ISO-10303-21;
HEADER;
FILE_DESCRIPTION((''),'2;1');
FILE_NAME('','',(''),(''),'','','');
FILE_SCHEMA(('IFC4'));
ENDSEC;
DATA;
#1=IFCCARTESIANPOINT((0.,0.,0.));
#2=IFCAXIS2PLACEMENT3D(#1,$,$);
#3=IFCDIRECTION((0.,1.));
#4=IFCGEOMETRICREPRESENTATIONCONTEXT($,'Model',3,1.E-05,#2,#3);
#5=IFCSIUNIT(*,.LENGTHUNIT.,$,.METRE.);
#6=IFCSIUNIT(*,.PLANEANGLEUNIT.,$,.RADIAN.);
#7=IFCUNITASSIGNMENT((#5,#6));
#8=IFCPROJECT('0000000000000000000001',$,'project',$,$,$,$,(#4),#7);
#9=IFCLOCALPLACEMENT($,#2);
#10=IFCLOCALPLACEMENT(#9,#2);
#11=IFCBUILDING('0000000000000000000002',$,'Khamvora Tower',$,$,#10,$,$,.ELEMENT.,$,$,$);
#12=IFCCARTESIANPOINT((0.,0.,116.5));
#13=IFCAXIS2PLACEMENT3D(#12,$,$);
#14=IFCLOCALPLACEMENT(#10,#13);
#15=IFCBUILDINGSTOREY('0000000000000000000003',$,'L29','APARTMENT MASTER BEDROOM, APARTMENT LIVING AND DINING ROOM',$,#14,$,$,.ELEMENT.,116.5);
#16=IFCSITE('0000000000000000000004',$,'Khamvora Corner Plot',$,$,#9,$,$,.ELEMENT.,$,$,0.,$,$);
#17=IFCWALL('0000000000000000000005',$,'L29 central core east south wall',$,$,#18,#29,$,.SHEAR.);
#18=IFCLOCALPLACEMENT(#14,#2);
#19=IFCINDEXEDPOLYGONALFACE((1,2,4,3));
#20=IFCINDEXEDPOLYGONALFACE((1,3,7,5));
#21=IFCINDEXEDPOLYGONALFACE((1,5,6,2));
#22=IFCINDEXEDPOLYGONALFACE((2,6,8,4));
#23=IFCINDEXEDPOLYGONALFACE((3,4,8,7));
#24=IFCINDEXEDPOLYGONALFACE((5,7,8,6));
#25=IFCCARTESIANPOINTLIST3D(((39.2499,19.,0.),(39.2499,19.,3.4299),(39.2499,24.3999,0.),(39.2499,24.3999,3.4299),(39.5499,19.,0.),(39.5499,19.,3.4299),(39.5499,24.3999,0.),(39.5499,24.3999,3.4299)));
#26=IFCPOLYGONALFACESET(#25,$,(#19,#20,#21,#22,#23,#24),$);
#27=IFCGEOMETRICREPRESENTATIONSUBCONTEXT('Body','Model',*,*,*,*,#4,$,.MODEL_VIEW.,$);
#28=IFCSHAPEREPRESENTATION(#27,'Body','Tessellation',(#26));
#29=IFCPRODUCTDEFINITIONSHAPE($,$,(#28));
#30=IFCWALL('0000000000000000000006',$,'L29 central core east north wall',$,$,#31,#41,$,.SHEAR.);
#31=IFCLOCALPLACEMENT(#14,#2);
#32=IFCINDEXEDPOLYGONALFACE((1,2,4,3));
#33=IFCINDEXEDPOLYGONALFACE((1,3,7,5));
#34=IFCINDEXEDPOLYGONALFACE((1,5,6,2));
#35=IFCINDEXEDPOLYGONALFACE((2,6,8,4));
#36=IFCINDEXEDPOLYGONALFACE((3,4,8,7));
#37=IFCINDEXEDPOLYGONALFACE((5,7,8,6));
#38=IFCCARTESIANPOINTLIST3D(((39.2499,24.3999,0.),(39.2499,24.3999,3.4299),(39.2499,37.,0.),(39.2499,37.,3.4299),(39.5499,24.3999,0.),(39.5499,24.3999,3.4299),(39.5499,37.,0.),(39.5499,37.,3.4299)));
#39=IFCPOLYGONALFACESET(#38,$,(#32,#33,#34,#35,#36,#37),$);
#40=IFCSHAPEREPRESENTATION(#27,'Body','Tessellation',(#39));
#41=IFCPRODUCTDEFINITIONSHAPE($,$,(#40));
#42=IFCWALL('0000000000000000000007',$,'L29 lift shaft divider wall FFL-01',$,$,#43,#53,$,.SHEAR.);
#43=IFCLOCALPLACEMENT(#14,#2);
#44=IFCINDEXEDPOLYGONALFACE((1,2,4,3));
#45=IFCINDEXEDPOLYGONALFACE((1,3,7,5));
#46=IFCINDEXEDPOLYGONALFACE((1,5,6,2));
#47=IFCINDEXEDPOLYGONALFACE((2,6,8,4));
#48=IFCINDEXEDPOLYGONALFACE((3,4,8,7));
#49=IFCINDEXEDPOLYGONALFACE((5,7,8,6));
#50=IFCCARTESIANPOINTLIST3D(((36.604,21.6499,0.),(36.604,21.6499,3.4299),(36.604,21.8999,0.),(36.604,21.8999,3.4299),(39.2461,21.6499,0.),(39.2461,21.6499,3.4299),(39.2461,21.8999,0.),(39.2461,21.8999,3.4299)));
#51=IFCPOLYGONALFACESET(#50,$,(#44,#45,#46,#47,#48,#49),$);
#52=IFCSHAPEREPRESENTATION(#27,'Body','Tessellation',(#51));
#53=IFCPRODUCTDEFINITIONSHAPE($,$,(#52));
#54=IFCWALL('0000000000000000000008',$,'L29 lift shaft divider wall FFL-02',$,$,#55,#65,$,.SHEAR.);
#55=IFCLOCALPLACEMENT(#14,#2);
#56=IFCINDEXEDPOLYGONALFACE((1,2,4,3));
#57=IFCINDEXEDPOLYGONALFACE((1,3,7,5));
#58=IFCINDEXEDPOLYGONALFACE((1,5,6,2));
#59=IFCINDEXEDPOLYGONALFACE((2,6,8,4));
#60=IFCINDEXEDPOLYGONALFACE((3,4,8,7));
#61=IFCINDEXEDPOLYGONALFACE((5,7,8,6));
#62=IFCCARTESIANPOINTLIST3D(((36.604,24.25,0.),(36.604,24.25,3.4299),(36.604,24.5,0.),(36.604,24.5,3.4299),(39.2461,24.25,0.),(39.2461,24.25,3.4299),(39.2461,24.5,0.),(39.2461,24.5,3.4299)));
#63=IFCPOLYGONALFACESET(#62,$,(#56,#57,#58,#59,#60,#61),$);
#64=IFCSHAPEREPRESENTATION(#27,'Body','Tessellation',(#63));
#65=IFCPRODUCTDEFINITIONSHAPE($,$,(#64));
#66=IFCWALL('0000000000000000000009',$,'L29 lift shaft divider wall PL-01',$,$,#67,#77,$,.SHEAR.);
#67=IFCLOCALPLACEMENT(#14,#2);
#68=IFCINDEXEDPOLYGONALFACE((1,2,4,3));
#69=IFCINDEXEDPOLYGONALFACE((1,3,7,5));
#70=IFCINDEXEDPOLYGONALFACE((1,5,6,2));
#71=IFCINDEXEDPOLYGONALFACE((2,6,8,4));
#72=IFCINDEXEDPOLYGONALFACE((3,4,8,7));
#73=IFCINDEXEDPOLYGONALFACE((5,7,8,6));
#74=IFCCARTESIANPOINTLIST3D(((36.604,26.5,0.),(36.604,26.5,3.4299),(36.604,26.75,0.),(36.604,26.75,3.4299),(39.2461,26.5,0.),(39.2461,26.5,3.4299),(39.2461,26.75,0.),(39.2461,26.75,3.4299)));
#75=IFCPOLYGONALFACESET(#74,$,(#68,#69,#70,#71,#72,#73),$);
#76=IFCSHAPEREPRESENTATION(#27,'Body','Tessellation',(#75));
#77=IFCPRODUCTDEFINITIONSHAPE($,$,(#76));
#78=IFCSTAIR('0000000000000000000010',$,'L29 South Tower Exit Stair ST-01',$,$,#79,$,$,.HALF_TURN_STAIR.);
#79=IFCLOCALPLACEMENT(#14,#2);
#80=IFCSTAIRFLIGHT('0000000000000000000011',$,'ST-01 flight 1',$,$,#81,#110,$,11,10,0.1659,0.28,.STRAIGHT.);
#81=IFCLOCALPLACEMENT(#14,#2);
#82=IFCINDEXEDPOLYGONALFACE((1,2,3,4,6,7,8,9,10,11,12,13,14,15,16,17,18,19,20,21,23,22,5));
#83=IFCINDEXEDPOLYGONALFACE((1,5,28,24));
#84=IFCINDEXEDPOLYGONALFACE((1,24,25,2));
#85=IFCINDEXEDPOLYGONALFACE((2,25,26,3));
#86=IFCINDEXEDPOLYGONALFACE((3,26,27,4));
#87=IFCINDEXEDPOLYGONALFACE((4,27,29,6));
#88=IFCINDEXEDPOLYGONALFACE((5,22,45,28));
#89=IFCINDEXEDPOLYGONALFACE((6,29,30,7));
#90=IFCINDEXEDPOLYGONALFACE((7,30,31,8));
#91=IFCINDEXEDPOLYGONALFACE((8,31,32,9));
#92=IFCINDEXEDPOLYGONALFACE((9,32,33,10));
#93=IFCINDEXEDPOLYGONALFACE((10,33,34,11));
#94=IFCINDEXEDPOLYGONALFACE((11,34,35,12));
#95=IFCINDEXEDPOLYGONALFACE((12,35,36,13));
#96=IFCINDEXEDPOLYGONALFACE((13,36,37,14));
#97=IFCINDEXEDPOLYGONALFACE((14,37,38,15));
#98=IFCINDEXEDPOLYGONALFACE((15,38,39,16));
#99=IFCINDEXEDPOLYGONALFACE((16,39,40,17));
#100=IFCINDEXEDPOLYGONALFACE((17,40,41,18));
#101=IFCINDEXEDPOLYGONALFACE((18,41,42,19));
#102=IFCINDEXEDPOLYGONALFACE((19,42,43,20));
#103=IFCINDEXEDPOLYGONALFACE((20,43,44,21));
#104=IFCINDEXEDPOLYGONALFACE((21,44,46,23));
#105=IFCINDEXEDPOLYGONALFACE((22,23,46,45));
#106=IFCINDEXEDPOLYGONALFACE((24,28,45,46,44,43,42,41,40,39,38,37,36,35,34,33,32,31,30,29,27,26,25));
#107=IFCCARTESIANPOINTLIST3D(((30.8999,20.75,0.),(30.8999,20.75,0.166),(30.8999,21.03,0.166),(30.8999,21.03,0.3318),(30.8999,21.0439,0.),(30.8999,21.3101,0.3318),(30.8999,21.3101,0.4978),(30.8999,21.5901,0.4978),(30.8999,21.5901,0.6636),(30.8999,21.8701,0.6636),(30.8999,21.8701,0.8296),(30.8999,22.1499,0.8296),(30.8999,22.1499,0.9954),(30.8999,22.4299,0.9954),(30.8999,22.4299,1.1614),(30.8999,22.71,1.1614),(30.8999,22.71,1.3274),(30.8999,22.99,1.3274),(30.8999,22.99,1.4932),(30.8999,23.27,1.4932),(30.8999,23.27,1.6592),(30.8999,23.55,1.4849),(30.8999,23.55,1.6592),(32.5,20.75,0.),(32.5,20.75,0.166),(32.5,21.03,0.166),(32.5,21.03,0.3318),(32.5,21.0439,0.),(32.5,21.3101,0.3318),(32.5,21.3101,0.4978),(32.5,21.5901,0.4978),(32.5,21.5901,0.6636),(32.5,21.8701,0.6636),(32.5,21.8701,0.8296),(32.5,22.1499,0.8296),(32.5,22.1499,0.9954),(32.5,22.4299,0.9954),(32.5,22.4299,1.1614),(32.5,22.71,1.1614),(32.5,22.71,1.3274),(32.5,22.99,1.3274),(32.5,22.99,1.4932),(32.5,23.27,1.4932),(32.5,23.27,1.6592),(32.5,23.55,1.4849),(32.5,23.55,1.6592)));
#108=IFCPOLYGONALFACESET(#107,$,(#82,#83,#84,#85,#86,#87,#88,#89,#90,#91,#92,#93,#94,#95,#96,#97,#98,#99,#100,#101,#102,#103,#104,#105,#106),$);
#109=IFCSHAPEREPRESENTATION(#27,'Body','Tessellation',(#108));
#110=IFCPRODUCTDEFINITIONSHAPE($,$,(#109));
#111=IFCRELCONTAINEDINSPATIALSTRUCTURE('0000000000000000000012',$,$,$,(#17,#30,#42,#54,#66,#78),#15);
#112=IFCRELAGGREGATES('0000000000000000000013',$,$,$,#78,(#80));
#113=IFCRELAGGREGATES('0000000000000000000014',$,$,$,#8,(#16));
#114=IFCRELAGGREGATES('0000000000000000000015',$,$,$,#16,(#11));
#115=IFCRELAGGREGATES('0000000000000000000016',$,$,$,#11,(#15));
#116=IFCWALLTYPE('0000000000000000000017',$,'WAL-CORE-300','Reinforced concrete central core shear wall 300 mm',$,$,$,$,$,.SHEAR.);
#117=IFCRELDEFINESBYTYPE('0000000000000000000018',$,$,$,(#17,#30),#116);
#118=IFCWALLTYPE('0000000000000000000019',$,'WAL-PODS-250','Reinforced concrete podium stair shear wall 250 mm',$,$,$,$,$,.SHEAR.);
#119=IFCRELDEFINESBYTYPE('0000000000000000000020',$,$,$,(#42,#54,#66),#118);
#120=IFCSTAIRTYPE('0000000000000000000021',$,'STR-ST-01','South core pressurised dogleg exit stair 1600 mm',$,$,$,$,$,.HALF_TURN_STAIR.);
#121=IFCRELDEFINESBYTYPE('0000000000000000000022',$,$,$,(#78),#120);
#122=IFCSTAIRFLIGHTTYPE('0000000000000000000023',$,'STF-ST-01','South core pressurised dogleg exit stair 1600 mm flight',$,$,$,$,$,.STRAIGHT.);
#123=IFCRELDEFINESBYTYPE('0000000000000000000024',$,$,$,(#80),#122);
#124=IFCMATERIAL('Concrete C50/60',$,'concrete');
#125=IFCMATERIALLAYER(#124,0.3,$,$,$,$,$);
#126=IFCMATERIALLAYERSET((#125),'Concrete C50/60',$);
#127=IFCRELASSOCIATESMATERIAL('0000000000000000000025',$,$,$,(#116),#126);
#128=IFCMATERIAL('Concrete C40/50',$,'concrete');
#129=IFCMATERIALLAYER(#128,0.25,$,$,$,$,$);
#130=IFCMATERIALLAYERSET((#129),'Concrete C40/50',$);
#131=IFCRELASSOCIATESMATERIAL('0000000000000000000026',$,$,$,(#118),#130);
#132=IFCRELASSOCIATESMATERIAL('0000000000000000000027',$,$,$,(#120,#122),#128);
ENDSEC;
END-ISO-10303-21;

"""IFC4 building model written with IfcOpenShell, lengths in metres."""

from ifc_helpers import new_model, si_unit, direction, frame, frame_2d, origin, place, context, subcontext, project, spatial, polyline, rectangle, outline, extrude, material, layer, layer_set, type_object, element, aggregate, save


model = new_model("IFC4")

# Units and contexts
model_context = context("Model", 3, precision=1e-05, world=origin(), true_north=direction((0.0, 1.0)))
body_context = subcontext(model_context, "Body", "Model", "MODEL_VIEW")
ifc_project = project(units=[si_unit("LENGTHUNIT", "METRE"), si_unit("PLANEANGLEUNIT", "RADIAN")], contexts=[model_context])

# Site, building, storey
site_placement = place(None, origin())
site = spatial("IfcSite", under=ifc_project, at=site_placement, Name="Khamvora Corner Plot", CompositionType="ELEMENT", RefElevation=0.0)
building_placement = place(site_placement, origin())
building = spatial("IfcBuilding", under=site, at=building_placement, Name="Khamvora Tower", CompositionType="ELEMENT")
storey_placement = place(building_placement, frame((0.0, 0.0, 116.5)))
storey = spatial("IfcBuildingStorey", under=building, at=storey_placement, Name="L29", Description="APARTMENT MASTER BEDROOM, APARTMENT LIVING AND DINING ROOM", CompositionType="ELEMENT", Elevation=116.5)

# Walls
ifc_material_1 = material(Name="Concrete C50/60", Category="concrete")
ifc_layer_1 = layer(ifc_material_1, 0.3)
ifc_layer_set_1 = layer_set([ifc_layer_1], Name="Concrete C50/60")
wall_type_1 = type_object("IfcWallType", Name="WAL-CORE-300", Description="Reinforced concrete central core shear wall 300 mm", PredefinedType="SHEAR", material=ifc_layer_set_1)
wall_1_placement = place(storey_placement, frame((39.3999, 19.0, 0.0), z_axis=(0.0, 0.0, 1.0), x_axis=(0.0, 1.0, 0.0)))
element("IfcWall", 1, at=wall_1_placement, inside=storey, type_object=wall_type_1, Name="L29 central core east south wall", PredefinedType="SHEAR", context=body_context, shape_type="SweptSolid", body=[
    extrude(rectangle(XDim=5.3999, YDim=0.3, at=frame_2d((2.7, 0.0))), origin(), (0.0, 0.0, 1.0), 3.4299),
])
wall_2_placement = place(storey_placement, frame((39.3999, 24.3999, 0.0), z_axis=(0.0, 0.0, 1.0), x_axis=(0.0, 1.0, 0.0)))
element("IfcWall", 2, at=wall_2_placement, inside=storey, type_object=wall_type_1, Name="L29 central core east north wall", PredefinedType="SHEAR", context=body_context, shape_type="SweptSolid", body=[
    extrude(rectangle(XDim=12.6001, YDim=0.3, at=frame_2d((6.3, 0.0))), origin(), (0.0, 0.0, 1.0), 3.4299),
])

# Walls
ifc_material_2 = material(Name="Concrete C40/50", Category="concrete")
ifc_layer_2 = layer(ifc_material_2, 0.25)
ifc_layer_set_2 = layer_set([ifc_layer_2], Name="Concrete C40/50")
wall_type_2 = type_object("IfcWallType", Name="WAL-PODS-250", Description="Reinforced concrete podium stair shear wall 250 mm", PredefinedType="SHEAR", material=ifc_layer_set_2)
for number, where, z_axis, x_axis, name in (
    (3, (36.604, 21.7749, 0.0), (0.0, 0.0, 1.0), (1.0, 0.0, 0.0), "L29 lift shaft divider wall FFL-01"),
    (4, (36.604, 24.375, 0.0), (0.0, 0.0, 1.0), (1.0, 0.0, 0.0), "L29 lift shaft divider wall FFL-02"),
    (5, (36.604, 26.625, 0.0), (0.0, 0.0, 1.0), (1.0, 0.0, 0.0), "L29 lift shaft divider wall PL-01"),
):
    element("IfcWall", number, at=place(storey_placement, frame(where, z_axis=z_axis, x_axis=x_axis)), inside=storey, type_object=wall_type_2, Name=name, PredefinedType="SHEAR", context=body_context, shape_type="SweptSolid", body=[
        extrude(rectangle(XDim=2.6421, YDim=0.25, at=frame_2d((1.321, 0.0))), origin(), (0.0, 0.0, 1.0), 3.4299),
    ])

# Stair, stair flight
stair_type = type_object("IfcStairType", Name="STR-ST-01", Description="South core pressurised dogleg exit stair 1600 mm", PredefinedType="HALF_TURN_STAIR", material=ifc_material_2)
stair_placement = place(storey_placement, origin())
stair = element("IfcStair", 6, at=stair_placement, inside=storey, type_object=stair_type, Name="L29 South Tower Exit Stair ST-01", PredefinedType="HALF_TURN_STAIR")
stair_flight_type = type_object("IfcStairFlightType", Name="STF-ST-01", Description="South core pressurised dogleg exit stair 1600 mm flight", PredefinedType="STRAIGHT", material=ifc_material_2)
stair_flight_placement = place(storey_placement, frame((31.7, 20.75, 0.0), z_axis=(0.0, 0.0, 1.0), x_axis=(0.0, 1.0, 0.0)))
stair_flight = element("IfcStairFlight", 7, at=stair_flight_placement, type_object=stair_flight_type, Name="ST-01 flight 1", NumberOfRisers=11, NumberOfTreads=10, PredefinedType="STRAIGHT", RiserHeight=0.1659, TreadLength=0.28, context=body_context, shape_type="SweptSolid", body=[
    extrude(outline(polyline([(0.0, 0.0), (0.0, 0.166), (0.28, 0.166), (0.28, 0.3318), (0.5601, 0.3318), (0.5601, 0.4978), (0.8401, 0.4978), (0.8401, 0.6636), (1.1201, 0.6636), (1.1201, 0.8296), (1.3999, 0.8296), (1.3999, 0.9954), (1.6799, 0.9954), (1.6799, 1.1614), (1.96, 1.1614), (1.96, 1.3274), (2.24, 1.3274), (2.24, 1.4932), (2.52, 1.4932), (2.52, 1.6592), (2.8, 1.6592), (2.8, 1.825), (2.8, 1.4849), (0.2939, 0.0), (0.0, 0.0)])), frame((0.0, 0.8, 0.0), z_axis=(0.0, -1.0, 0.0), x_axis=(1.0, 0.0, 0.0)), (0.0, 0.0, 1.0), 1.6001),
])
aggregate(stair, [stair_flight])

save(model, "model.ifc")
